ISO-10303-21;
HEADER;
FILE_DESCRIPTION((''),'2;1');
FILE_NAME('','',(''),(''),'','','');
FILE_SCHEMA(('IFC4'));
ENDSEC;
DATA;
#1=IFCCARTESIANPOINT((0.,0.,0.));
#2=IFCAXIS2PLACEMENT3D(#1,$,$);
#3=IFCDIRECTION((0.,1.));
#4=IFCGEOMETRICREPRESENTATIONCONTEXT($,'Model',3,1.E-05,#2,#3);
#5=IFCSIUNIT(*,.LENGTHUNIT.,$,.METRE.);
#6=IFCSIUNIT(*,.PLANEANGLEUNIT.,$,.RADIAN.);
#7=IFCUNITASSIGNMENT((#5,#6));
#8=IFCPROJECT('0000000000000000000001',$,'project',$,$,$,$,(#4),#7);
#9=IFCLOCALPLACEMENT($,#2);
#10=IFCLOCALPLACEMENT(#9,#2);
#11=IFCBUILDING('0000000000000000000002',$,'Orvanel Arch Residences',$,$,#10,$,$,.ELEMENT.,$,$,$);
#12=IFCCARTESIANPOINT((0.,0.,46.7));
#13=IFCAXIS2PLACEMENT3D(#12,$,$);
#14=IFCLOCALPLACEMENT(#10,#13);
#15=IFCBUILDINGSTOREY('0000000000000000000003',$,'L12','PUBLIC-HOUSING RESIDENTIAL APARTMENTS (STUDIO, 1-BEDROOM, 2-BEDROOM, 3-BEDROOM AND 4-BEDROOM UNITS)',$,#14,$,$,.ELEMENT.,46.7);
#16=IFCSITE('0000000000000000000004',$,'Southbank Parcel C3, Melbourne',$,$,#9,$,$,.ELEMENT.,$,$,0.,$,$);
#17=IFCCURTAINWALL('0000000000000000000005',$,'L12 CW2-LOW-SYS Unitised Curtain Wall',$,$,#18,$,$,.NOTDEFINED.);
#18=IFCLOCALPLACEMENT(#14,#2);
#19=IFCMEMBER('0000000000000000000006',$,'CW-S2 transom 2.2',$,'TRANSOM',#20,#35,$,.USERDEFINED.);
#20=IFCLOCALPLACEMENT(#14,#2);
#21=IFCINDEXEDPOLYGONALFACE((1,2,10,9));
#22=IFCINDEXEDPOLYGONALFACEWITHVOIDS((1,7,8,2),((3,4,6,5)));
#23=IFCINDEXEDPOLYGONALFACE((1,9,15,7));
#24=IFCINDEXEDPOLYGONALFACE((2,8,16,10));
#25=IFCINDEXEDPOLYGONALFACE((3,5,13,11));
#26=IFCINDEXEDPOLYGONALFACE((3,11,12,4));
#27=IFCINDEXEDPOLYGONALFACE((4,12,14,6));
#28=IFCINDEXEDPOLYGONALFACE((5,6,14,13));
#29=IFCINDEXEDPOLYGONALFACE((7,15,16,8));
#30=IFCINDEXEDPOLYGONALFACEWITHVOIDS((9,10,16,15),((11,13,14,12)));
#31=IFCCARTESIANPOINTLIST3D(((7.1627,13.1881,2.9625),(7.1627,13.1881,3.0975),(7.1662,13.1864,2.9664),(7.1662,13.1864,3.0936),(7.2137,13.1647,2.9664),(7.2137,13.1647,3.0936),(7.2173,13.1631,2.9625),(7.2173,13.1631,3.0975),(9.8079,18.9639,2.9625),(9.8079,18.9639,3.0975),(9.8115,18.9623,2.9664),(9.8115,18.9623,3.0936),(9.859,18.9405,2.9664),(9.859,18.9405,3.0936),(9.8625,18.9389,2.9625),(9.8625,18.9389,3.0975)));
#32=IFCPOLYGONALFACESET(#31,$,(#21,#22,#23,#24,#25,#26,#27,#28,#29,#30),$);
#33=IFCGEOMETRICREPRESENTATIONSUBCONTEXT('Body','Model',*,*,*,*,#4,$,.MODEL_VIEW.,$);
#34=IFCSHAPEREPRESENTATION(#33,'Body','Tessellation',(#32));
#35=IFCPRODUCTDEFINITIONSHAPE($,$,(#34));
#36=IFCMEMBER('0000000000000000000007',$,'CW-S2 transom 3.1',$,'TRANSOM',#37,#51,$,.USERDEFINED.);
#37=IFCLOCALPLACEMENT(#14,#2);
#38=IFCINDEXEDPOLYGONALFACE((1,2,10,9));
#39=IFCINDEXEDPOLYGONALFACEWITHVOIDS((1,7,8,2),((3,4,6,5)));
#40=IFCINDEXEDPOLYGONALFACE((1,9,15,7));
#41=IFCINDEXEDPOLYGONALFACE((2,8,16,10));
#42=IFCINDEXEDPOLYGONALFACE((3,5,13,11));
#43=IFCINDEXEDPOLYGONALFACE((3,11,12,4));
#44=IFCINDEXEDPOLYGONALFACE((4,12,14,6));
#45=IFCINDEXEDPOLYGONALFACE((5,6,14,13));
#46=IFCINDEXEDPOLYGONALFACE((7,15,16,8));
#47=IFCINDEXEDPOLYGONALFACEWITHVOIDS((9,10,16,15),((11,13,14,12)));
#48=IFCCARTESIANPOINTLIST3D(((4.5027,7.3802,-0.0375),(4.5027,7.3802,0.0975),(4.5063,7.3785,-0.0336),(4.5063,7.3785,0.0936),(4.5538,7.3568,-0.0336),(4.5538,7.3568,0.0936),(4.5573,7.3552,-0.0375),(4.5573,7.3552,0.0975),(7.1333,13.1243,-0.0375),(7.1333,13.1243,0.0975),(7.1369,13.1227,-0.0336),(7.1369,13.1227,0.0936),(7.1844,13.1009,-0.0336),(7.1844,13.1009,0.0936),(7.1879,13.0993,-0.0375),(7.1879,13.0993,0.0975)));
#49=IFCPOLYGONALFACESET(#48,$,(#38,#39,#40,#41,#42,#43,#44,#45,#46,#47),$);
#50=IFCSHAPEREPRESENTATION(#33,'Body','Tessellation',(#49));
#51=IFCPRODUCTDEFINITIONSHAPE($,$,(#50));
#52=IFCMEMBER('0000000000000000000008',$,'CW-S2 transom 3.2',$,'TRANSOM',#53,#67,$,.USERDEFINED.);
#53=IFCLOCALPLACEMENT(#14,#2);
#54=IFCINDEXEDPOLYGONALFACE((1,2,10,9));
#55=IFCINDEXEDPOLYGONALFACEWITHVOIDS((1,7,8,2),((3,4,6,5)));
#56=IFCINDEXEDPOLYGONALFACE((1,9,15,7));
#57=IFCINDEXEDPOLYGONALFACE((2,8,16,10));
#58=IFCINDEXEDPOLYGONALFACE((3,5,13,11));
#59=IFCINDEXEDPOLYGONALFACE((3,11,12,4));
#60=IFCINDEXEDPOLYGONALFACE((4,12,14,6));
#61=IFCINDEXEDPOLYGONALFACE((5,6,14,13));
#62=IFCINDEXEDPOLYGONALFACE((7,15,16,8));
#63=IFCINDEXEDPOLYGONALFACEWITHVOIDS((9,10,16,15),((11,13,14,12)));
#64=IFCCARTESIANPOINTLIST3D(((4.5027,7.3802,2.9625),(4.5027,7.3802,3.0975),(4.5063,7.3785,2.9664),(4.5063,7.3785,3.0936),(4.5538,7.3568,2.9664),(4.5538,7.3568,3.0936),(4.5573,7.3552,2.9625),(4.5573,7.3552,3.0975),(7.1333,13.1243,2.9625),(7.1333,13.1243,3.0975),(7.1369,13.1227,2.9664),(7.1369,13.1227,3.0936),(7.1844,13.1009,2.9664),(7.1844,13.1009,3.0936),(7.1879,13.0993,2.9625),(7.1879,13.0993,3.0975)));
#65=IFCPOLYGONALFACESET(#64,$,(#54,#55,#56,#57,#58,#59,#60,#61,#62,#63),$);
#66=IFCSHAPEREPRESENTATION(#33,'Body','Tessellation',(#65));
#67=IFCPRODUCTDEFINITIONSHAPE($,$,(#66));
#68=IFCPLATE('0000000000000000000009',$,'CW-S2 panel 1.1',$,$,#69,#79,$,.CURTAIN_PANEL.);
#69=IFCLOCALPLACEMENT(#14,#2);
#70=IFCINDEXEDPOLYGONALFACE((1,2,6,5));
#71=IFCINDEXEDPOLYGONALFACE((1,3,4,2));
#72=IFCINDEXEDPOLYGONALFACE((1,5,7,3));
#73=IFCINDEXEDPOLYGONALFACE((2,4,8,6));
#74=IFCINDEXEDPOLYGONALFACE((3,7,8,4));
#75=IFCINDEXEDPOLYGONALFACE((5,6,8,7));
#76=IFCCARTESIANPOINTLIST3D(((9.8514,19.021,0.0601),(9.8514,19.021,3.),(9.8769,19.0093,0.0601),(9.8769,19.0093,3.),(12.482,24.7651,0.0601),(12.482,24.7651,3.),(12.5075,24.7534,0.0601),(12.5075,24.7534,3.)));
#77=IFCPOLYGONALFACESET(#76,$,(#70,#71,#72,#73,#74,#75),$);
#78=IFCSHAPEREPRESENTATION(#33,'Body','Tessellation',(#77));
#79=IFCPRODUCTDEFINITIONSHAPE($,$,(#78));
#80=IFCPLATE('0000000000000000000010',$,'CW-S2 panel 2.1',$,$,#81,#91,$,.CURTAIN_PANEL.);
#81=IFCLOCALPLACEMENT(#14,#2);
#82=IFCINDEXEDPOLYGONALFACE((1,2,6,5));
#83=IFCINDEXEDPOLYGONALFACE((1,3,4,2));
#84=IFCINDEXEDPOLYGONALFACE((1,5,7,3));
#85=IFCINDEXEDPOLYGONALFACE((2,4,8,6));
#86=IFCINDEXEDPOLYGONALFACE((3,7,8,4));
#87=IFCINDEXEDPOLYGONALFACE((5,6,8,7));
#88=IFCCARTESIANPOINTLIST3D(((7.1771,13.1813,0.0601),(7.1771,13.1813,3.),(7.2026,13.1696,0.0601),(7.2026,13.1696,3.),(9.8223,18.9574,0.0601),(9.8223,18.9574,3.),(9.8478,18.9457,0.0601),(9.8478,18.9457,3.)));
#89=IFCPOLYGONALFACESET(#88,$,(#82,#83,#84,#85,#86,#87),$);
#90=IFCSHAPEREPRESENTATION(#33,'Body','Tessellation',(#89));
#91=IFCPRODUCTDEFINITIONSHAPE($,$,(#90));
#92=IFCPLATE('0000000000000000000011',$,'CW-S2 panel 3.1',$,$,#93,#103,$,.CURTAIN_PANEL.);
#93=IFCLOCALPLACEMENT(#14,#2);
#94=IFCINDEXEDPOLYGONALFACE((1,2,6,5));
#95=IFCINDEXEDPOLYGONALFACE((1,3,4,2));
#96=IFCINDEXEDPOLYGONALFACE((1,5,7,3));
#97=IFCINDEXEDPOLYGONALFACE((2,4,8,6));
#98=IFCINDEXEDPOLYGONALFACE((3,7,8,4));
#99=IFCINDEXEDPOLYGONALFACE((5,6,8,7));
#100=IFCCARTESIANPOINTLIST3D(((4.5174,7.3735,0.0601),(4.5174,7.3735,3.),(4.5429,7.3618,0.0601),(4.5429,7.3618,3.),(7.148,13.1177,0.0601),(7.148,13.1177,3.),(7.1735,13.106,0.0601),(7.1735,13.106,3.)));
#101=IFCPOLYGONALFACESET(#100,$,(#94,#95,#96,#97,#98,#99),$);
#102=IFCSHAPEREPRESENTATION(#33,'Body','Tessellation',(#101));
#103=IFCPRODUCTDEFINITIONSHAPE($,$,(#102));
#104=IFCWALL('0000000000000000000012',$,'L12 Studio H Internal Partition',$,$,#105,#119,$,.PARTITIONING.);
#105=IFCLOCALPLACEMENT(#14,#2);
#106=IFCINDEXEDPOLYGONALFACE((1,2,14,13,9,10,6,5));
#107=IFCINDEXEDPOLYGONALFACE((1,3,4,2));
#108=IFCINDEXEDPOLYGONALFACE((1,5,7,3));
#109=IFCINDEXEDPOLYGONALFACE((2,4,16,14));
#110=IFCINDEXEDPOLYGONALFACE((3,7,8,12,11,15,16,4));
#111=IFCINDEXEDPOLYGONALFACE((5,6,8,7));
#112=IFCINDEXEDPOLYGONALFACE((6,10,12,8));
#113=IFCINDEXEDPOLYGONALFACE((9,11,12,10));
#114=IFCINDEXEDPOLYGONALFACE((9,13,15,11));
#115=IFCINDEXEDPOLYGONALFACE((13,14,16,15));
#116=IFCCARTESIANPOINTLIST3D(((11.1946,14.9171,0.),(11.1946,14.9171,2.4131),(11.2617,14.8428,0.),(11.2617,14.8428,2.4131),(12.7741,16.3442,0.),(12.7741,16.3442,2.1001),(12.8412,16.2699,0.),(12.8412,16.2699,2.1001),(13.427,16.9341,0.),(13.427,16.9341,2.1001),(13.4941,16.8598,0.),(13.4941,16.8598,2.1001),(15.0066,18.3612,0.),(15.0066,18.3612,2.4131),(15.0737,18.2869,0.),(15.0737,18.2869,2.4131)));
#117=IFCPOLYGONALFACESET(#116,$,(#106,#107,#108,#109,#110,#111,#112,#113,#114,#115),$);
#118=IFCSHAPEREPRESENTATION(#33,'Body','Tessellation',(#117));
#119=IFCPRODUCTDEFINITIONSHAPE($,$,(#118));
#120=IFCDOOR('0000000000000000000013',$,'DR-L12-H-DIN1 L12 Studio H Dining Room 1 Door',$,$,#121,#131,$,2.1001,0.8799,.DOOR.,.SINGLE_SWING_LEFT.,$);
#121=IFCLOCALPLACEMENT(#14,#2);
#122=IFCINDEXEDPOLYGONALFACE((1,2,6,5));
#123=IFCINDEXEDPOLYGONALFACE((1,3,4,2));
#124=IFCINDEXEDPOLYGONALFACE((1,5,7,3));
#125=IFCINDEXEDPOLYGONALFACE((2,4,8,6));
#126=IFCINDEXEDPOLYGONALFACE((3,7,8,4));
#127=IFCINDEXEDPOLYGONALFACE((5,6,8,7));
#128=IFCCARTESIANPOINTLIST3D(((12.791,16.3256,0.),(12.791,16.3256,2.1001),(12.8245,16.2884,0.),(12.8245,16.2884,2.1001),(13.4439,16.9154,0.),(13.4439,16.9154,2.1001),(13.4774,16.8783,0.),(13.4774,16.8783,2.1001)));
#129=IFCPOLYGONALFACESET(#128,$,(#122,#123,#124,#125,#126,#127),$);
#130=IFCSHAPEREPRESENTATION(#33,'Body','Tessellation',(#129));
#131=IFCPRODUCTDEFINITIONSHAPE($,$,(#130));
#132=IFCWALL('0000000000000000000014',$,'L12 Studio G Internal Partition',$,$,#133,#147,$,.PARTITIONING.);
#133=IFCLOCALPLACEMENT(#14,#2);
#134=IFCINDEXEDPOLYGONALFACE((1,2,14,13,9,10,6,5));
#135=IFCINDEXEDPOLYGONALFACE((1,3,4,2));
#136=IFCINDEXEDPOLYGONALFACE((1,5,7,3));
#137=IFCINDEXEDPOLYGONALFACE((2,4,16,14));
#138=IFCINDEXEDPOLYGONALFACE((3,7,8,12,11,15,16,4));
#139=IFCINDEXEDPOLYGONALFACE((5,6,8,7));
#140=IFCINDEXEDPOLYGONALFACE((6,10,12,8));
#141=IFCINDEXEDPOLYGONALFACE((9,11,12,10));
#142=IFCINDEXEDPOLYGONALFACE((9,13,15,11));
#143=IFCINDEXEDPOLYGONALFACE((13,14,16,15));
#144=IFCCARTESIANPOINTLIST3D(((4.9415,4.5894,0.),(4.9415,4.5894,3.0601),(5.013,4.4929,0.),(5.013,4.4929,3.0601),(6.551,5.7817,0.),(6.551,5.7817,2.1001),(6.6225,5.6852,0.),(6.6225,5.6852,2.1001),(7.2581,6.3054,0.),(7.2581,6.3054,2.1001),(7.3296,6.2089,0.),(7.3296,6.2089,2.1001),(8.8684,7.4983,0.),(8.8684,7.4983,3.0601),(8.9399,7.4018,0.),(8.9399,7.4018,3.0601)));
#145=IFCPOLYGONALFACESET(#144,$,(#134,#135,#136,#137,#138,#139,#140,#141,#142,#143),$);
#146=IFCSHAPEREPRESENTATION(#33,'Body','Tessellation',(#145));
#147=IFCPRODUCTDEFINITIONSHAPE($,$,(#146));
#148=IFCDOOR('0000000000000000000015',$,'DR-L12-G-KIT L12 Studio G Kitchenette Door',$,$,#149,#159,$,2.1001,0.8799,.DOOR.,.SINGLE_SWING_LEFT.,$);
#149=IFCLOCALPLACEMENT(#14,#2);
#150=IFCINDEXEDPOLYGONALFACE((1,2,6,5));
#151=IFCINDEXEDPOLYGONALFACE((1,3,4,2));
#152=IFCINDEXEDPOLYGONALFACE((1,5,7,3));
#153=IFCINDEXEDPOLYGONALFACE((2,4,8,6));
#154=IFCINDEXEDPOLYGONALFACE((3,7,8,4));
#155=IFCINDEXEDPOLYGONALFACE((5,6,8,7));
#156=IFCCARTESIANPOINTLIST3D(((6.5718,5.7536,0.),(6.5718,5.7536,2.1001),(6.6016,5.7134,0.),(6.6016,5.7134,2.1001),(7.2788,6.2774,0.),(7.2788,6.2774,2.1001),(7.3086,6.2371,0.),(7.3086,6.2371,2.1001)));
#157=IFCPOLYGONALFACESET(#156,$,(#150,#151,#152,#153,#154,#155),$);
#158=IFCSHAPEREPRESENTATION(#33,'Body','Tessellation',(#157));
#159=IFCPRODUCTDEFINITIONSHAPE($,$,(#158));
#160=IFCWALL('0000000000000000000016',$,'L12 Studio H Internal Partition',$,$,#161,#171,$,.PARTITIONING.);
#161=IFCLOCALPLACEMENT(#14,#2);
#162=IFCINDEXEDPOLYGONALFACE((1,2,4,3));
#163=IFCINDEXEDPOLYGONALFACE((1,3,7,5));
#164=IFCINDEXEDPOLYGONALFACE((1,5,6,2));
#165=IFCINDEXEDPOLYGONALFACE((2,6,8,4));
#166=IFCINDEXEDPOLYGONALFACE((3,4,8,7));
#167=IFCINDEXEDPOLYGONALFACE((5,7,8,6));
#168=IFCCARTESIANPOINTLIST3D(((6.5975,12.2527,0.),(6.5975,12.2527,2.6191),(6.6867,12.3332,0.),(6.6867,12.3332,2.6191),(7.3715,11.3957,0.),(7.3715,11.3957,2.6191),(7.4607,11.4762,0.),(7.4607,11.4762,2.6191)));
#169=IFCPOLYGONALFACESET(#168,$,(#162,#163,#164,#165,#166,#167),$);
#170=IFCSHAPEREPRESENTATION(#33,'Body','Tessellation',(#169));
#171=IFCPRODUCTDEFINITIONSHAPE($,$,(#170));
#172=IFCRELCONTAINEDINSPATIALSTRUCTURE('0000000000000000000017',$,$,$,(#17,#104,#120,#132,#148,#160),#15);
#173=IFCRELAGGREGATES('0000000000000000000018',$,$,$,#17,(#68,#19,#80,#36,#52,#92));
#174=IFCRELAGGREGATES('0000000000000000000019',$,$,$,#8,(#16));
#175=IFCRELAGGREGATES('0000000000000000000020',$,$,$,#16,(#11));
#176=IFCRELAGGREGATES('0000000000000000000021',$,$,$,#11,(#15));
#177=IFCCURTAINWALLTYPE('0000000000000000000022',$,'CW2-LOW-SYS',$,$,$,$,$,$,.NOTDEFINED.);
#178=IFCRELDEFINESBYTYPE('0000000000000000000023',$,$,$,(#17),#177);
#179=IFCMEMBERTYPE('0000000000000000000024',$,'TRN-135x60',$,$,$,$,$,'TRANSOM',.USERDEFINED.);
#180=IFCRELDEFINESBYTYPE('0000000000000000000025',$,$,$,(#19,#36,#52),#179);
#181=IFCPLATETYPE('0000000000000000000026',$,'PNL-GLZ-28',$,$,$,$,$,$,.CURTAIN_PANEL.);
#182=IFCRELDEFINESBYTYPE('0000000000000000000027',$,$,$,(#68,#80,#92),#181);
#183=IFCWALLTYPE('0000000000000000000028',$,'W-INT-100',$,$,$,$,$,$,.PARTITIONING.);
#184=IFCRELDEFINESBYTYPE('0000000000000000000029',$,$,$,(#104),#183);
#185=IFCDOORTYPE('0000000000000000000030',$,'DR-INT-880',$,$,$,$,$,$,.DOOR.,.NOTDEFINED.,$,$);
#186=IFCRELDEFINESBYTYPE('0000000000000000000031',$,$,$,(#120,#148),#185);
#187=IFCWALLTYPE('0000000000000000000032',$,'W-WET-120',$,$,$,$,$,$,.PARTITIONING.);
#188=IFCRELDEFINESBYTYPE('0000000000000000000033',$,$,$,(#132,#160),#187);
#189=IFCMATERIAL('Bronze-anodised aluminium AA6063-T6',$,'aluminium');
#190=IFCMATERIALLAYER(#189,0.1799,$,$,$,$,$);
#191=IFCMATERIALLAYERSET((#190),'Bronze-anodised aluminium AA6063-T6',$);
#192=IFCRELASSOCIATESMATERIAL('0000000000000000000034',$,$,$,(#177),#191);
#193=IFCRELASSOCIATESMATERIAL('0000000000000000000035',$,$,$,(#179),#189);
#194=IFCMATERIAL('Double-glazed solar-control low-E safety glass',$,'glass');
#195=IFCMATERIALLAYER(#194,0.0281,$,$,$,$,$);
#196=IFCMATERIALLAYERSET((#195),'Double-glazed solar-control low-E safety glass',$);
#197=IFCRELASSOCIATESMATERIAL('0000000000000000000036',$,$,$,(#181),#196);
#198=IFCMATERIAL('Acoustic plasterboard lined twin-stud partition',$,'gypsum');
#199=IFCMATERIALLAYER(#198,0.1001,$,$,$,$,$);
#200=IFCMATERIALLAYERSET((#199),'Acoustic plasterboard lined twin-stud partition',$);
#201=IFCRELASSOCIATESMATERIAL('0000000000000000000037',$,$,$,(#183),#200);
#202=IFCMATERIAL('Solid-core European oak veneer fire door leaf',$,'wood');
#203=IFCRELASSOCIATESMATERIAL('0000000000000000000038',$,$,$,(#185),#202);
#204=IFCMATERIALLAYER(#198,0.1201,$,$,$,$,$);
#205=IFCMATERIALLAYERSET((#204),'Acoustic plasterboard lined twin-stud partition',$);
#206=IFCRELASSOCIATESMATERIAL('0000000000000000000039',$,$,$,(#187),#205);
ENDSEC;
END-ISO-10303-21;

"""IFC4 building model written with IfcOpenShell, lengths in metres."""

from ifc_helpers import new_model, si_unit, direction, frame, frame_2d, origin, origin_2d, place, context, subcontext, project, spatial, rectangle, hollow_rectangle, extrude, material, layer, layer_set, material_profile, profile_set, type_object, element, fill, aggregate, save


model = new_model("IFC4")

# Units and contexts
model_context = context("Model", 3, precision=1e-05, world=origin(), true_north=direction((0.0, 1.0)))
body_context = subcontext(model_context, "Body", "Model", "MODEL_VIEW")
ifc_project = project(units=[si_unit("LENGTHUNIT", "METRE"), si_unit("PLANEANGLEUNIT", "RADIAN")], contexts=[model_context])

# Site, building, storey
site_placement = place(None, origin())
site = spatial("IfcSite", under=ifc_project, at=site_placement, Name="Southbank Parcel C3, Melbourne", CompositionType="ELEMENT", RefElevation=0.0)
building_placement = place(site_placement, origin())
building = spatial("IfcBuilding", under=site, at=building_placement, Name="Orvanel Arch Residences", CompositionType="ELEMENT")
storey_placement = place(building_placement, frame((0.0, 0.0, 46.7)))
storey = spatial("IfcBuildingStorey", under=building, at=storey_placement, Name="L12", Description="PUBLIC-HOUSING RESIDENTIAL APARTMENTS (STUDIO, 1-BEDROOM, 2-BEDROOM, 3-BEDROOM AND 4-BEDROOM UNITS)", CompositionType="ELEMENT", Elevation=46.7)

# Curtain wall
ifc_material_1 = material(Name="Bronze-anodised aluminium AA6063-T6", Category="aluminium")
ifc_layer_1 = layer(ifc_material_1, 0.1799)
ifc_layer_set_1 = layer_set([ifc_layer_1], Name="Bronze-anodised aluminium AA6063-T6")
curtain_wall_type = type_object("IfcCurtainWallType", Name="CW2-LOW-SYS", PredefinedType="NOTDEFINED", material=ifc_layer_set_1)
curtain_wall_placement = place(storey_placement, origin())
curtain_wall = element("IfcCurtainWall", 1, at=curtain_wall_placement, inside=storey, type_object=curtain_wall_type, Name="L12 CW2-LOW-SYS Unitised Curtain Wall", PredefinedType="NOTDEFINED")

# Members
ifc_material_profile_1 = material_profile(ifc_material_1, hollow_rectangle(XDim=0.0601, YDim=0.135, WallThickness=0.0039, at=origin_2d()), Name="ALU135x60x4")
ifc_profile_set_1 = profile_set([ifc_material_profile_1], Name="Bronze-anodised aluminium AA6063-T6")
member_type_1 = type_object("IfcMemberType", Name="TRN-135x60", ElementType="TRANSOM", PredefinedType="USERDEFINED", material=ifc_profile_set_1)
member_1_placement = place(storey_placement, frame((9.8352, 18.9514, 3.03), z_axis=(-0.416393, -0.909185, 0.0), x_axis=(0.909185, -0.416393, 0.0)))
member_1 = element("IfcMember", 2, at=member_1_placement, type_object=member_type_1, Name="CW-S2 transom 2.2", ObjectType="TRANSOM", PredefinedType="USERDEFINED", context=body_context, shape_type="SweptSolid", body=[
    extrude(hollow_rectangle(XDim=0.0601, YDim=0.135, WallThickness=0.0039, at=origin_2d()), origin(), (0.0, 0.0, 1.0), 6.3528),
])
member_2_placement = place(storey_placement, frame((7.1606, 13.1118, 0.03), z_axis=(-0.416378, -0.909192, 0.0), x_axis=(0.909192, -0.416378, 0.0)))
member_2 = element("IfcMember", 3, at=member_2_placement, type_object=member_type_1, Name="CW-S2 transom 3.1", ObjectType="TRANSOM", PredefinedType="USERDEFINED", context=body_context, shape_type="SweptSolid", body=[
    extrude(hollow_rectangle(XDim=0.0601, YDim=0.135, WallThickness=0.0039, at=origin_2d()), origin(), (0.0, 0.0, 1.0), 6.3179),
])
member_3_placement = place(storey_placement, frame((7.1606, 13.1118, 3.03), z_axis=(-0.416378, -0.909192, 0.0), x_axis=(0.909192, -0.416378, 0.0)))
member_3 = element("IfcMember", 4, at=member_3_placement, type_object=member_type_1, Name="CW-S2 transom 3.2", ObjectType="TRANSOM", PredefinedType="USERDEFINED", context=body_context, shape_type="SweptSolid", body=[
    extrude(hollow_rectangle(XDim=0.0601, YDim=0.135, WallThickness=0.0039, at=origin_2d()), origin(), (0.0, 0.0, 1.0), 6.3179),
])

# Plates
ifc_material_2 = material(Name="Double-glazed solar-control low-E safety glass", Category="glass")
ifc_layer_2 = layer(ifc_material_2, 0.0281)
ifc_layer_set_2 = layer_set([ifc_layer_2], Name="Double-glazed solar-control low-E safety glass")
plate_type = type_object("IfcPlateType", Name="PNL-GLZ-28", PredefinedType="CURTAIN_PANEL", material=ifc_layer_set_2)
plate_1_placement = place(storey_placement, frame((11.1794, 21.8872, 0.0601), z_axis=(0.0, 0.0, 1.0), x_axis=(-0.416374, -0.909193, 0.0)))
plate_1 = element("IfcPlate", 5, at=plate_1_placement, type_object=plate_type, Name="CW-S2 panel 1.1", PredefinedType="CURTAIN_PANEL", context=body_context, shape_type="SweptSolid", body=[
    extrude(rectangle(XDim=6.3179, YDim=0.0281, at=origin_2d()), origin(), (0.0, 0.0, 1.0), 2.9399),
])
plate_2_placement = place(storey_placement, frame((8.5125, 16.0635, 0.0601), z_axis=(0.0, 0.0, 1.0), x_axis=(-0.416374, -0.909193, 0.0)))
plate_2 = element("IfcPlate", 6, at=plate_2_placement, type_object=plate_type, Name="CW-S2 panel 2.1", PredefinedType="CURTAIN_PANEL", context=body_context, shape_type="SweptSolid", body=[
    extrude(rectangle(XDim=6.353, YDim=0.0281, at=origin_2d()), origin(), (0.0, 0.0, 1.0), 2.9399),
])
plate_3_placement = place(storey_placement, frame((5.8455, 10.2397, 0.0601), z_axis=(0.0, 0.0, 1.0), x_axis=(-0.416374, -0.909193, 0.0)))
plate_3 = element("IfcPlate", 7, at=plate_3_placement, type_object=plate_type, Name="CW-S2 panel 3.1", PredefinedType="CURTAIN_PANEL", context=body_context, shape_type="SweptSolid", body=[
    extrude(rectangle(XDim=6.3179, YDim=0.0281, at=origin_2d()), origin(), (0.0, 0.0, 1.0), 2.9399),
])
aggregate(curtain_wall, [plate_1, member_1, plate_2, member_2, member_3, plate_3])

# Walls, openings, doors
ifc_material_3 = material(Name="Acoustic plasterboard lined twin-stud partition", Category="gypsum")
ifc_layer_3 = layer(ifc_material_3, 0.1001)
ifc_layer_set_3 = layer_set([ifc_layer_3], Name="Acoustic plasterboard lined twin-stud partition")
wall_type_1 = type_object("IfcWallType", Name="W-INT-100", PredefinedType="PARTITIONING", material=ifc_layer_set_3)
wall_1_placement = place(storey_placement, frame((11.228, 14.8799, 0.0), z_axis=(0.0, 0.0, 1.0), x_axis=(0.742007, 0.670392, 0.0)))
wall_1 = element("IfcWall", 8, at=wall_1_placement, inside=storey, type_object=wall_type_1, Name="L12 Studio H Internal Partition", PredefinedType="PARTITIONING", context=body_context, shape_type="SweptSolid", body=[
    extrude(rectangle(XDim=5.1375, YDim=0.1001, at=frame_2d((2.5688, 0.0))), origin(), (0.0, 0.0, 1.0), 2.4131),
])
opening_1_placement = place(wall_1_placement, frame((2.1289, 0.0, 0.0)))
opening_1 = element("IfcOpeningElement", 9, at=opening_1_placement, cuts=wall_1, PredefinedType="OPENING", context=body_context, shape_type="SweptSolid", body=[
    extrude(rectangle(XDim=0.8799, YDim=2.1001, at=frame_2d((0.4399, 1.05))), frame((0.0, 0.0601, 0.0), z_axis=(0.0, -1.0, 0.0), x_axis=(1.0, 0.0, 0.0)), (0.0, 0.0, 1.0), 0.1201),
])
ifc_material_4 = material(Name="Solid-core European oak veneer fire door leaf", Category="wood")
door_type = type_object("IfcDoorType", Name="DR-INT-880", OperationType="NOTDEFINED", PredefinedType="DOOR", material=ifc_material_4)
door_1_placement = place(opening_1_placement, origin())
door_1 = element("IfcDoor", 10, at=door_1_placement, inside=storey, type_object=door_type, Name="DR-L12-H-DIN1 L12 Studio H Dining Room 1 Door", OperationType="SINGLE_SWING_LEFT", OverallHeight=2.1001, OverallWidth=0.8799, PredefinedType="DOOR", context=body_context, shape_type="SweptSolid", body=[
    extrude(rectangle(XDim=0.8799, YDim=2.1001, at=frame_2d((0.4399, 1.05))), frame((0.0, 0.0249, 0.0), z_axis=(0.0, -1.0, 0.0), x_axis=(1.0, 0.0, 0.0)), (0.0, 0.0, 1.0), 0.05),
])
fill(opening_1, door_1)
ifc_layer_4 = layer(ifc_material_3, 0.1201)
ifc_layer_set_4 = layer_set([ifc_layer_4], Name="Acoustic plasterboard lined twin-stud partition")
wall_type_2 = type_object("IfcWallType", Name="W-WET-120", PredefinedType="PARTITIONING", material=ifc_layer_set_4)
wall_2_placement = place(storey_placement, frame((8.9041, 7.45, 0.0), z_axis=(0.0, 0.0, 1.0), x_axis=(-0.803553, -0.595234, 0.0)))
wall_2 = element("IfcWall", 11, at=wall_2_placement, inside=storey, type_object=wall_type_2, Name="L12 Studio G Internal Partition", PredefinedType="PARTITIONING", context=body_context, shape_type="SweptSolid", body=[
    extrude(rectangle(XDim=4.887, YDim=0.1201, at=frame_2d((2.4434, 0.0))), origin(), (0.0, 0.0, 1.0), 3.0601),
])
opening_2_placement = place(wall_2_placement, frame((2.0039, 0.0, 0.0)))
opening_2 = element("IfcOpeningElement", 12, at=opening_2_placement, cuts=wall_2, PredefinedType="OPENING", context=body_context, shape_type="SweptSolid", body=[
    extrude(rectangle(XDim=0.8799, YDim=2.1001, at=frame_2d((0.4399, 1.05))), frame((0.0, 0.0701, 0.0), z_axis=(0.0, -1.0, 0.0), x_axis=(1.0, 0.0, 0.0)), (0.0, 0.0, 1.0), 0.1401),
])
door_2_placement = place(opening_2_placement, origin())
door_2 = element("IfcDoor", 13, at=door_2_placement, inside=storey, type_object=door_type, Name="DR-L12-G-KIT L12 Studio G Kitchenette Door", OperationType="SINGLE_SWING_LEFT", OverallHeight=2.1001, OverallWidth=0.8799, PredefinedType="DOOR", context=body_context, shape_type="SweptSolid", body=[
    extrude(rectangle(XDim=0.8799, YDim=2.1001, at=frame_2d((0.4399, 1.05))), frame((0.0, 0.0249, 0.0), z_axis=(0.0, -1.0, 0.0), x_axis=(1.0, 0.0, 0.0)), (0.0, 0.0, 1.0), 0.05),
])
fill(opening_2, door_2)

# Wall
wall_3_placement = place(storey_placement, frame((6.6421, 12.293, 0.0), z_axis=(0.0, 0.0, 1.0), x_axis=(0.670249, -0.742137, 0.0)))
element("IfcWall", 14, at=wall_3_placement, inside=storey, type_object=wall_type_2, Name="L12 Studio H Internal Partition", PredefinedType="PARTITIONING", context=body_context, shape_type="SweptSolid", body=[
    extrude(rectangle(XDim=1.1548, YDim=0.1201, at=frame_2d((0.5774, 0.0))), origin(), (0.0, 0.0, 1.0), 2.6191),
])

save(model, "model.ifc")
